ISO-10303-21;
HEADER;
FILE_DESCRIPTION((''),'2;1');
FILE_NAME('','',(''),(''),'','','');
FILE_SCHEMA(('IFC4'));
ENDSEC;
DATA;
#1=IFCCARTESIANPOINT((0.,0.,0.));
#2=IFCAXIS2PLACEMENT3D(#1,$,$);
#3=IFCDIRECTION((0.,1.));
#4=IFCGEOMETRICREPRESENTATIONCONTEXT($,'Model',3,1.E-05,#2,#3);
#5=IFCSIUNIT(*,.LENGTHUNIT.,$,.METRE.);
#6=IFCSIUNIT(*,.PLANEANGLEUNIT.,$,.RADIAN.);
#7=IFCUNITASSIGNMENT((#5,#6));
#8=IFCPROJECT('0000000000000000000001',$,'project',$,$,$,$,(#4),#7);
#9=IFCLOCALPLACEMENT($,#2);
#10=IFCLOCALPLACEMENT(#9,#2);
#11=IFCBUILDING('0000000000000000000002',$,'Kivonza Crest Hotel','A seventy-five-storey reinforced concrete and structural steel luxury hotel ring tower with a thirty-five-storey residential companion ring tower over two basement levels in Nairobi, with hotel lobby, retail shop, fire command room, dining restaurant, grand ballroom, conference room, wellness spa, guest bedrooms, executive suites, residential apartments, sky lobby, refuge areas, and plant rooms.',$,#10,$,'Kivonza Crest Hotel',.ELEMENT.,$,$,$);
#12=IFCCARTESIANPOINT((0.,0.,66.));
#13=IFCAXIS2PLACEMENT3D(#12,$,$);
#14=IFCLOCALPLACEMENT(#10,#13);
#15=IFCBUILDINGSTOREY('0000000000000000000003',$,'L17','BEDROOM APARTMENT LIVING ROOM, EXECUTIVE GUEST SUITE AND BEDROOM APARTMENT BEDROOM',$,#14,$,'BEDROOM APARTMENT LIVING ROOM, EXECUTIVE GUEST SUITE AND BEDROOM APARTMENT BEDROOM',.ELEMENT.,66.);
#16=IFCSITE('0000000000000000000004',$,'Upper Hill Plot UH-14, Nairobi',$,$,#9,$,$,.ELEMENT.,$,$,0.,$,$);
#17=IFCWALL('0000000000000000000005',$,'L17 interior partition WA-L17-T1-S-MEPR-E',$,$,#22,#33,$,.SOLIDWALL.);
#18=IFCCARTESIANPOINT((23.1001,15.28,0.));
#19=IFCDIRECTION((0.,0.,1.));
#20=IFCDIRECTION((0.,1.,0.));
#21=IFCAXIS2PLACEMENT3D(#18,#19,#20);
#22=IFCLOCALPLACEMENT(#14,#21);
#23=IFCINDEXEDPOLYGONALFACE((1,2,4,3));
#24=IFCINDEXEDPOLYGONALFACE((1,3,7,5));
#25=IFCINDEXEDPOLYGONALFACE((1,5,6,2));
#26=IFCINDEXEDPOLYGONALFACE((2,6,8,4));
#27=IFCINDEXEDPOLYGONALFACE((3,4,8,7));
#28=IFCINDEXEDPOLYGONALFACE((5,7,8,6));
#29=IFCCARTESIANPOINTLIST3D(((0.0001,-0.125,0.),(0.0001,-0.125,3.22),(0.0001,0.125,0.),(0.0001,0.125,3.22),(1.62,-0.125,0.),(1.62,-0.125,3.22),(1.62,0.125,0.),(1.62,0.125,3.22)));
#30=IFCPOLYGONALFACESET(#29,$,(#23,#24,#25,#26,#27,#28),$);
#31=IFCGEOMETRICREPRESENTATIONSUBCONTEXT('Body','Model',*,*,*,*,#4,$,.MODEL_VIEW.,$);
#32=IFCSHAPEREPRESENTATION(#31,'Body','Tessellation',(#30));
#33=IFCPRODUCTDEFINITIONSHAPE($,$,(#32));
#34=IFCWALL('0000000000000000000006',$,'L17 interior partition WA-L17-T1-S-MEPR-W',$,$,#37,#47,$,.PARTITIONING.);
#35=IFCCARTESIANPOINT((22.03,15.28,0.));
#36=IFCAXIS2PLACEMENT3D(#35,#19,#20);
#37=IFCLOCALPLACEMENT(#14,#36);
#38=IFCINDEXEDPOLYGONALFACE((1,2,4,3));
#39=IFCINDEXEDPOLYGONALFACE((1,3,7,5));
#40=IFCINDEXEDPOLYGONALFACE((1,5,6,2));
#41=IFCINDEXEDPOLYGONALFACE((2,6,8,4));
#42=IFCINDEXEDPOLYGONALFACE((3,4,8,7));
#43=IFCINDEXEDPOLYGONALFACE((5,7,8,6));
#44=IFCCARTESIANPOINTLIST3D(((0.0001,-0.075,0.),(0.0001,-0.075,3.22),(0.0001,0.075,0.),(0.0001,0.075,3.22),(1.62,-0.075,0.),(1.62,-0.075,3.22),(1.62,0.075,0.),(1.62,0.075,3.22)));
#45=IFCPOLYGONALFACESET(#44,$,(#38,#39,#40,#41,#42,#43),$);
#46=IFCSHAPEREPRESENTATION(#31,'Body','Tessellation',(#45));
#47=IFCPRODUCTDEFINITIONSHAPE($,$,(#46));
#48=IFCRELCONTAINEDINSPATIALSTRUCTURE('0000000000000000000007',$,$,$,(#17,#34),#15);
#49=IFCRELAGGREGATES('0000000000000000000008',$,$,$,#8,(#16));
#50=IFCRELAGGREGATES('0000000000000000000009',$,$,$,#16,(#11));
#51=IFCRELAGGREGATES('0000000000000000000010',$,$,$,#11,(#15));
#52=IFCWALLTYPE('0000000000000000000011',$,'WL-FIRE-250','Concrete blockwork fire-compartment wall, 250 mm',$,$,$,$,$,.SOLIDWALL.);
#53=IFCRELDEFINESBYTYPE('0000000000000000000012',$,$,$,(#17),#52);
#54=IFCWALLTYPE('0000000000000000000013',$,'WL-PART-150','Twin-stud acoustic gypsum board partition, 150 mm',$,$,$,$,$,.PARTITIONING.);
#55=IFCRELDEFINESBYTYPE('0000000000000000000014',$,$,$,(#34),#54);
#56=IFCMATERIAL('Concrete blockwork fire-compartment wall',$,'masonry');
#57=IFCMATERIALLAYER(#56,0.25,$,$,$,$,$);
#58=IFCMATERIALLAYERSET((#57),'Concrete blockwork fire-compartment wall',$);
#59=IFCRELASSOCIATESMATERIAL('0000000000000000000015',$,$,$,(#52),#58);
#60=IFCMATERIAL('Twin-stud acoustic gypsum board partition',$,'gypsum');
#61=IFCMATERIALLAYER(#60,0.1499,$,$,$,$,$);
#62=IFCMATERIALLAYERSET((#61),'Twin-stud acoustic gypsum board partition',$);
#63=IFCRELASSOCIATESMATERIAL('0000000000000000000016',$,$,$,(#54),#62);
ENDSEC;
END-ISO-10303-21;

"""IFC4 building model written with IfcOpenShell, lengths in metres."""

from ifc_helpers import new_model, si_unit, direction, frame, frame_2d, origin, place, context, subcontext, project, spatial, rectangle, extrude, material, layer, layer_set, type_object, element, save


model = new_model("IFC4")

# Units and contexts
model_context = context("Model", 3, precision=1e-05, world=origin(), true_north=direction((0.0, 1.0)))
body_context = subcontext(model_context, "Body", "Model", "MODEL_VIEW")
ifc_project = project(units=[si_unit("LENGTHUNIT", "METRE"), si_unit("PLANEANGLEUNIT", "RADIAN")], contexts=[model_context])

# Site, building, storey
site_placement = place(None, origin())
site = spatial("IfcSite", under=ifc_project, at=site_placement, Name="Upper Hill Plot UH-14, Nairobi", CompositionType="ELEMENT", RefElevation=0.0)
building_placement = place(site_placement, origin())
building = spatial("IfcBuilding", under=site, at=building_placement, Name="Kivonza Crest Hotel", Description="A seventy-five-storey reinforced concrete and structural steel luxury hotel ring tower with a thirty-five-storey residential companion ring tower over two basement levels in Nairobi, with hotel lobby, retail shop, fire command room, dining restaurant, grand ballroom, conference room, wellness spa, guest bedrooms, executive suites, residential apartments, sky lobby, refuge areas, and plant rooms.", LongName="Kivonza Crest Hotel", CompositionType="ELEMENT")
storey_placement = place(building_placement, frame((0.0, 0.0, 66.0)))
storey = spatial("IfcBuildingStorey", under=building, at=storey_placement, Name="L17", Description="BEDROOM APARTMENT LIVING ROOM, EXECUTIVE GUEST SUITE AND BEDROOM APARTMENT BEDROOM", LongName="BEDROOM APARTMENT LIVING ROOM, EXECUTIVE GUEST SUITE AND BEDROOM APARTMENT BEDROOM", CompositionType="ELEMENT", Elevation=66.0)

# Walls
ifc_material_1 = material(Name="Concrete blockwork fire-compartment wall", Category="masonry")
ifc_layer_1 = layer(ifc_material_1, 0.25)
ifc_layer_set_1 = layer_set([ifc_layer_1], Name="Concrete blockwork fire-compartment wall")
wall_type_1 = type_object("IfcWallType", Name="WL-FIRE-250", Description="Concrete blockwork fire-compartment wall, 250 mm", PredefinedType="SOLIDWALL", material=ifc_layer_set_1)
wall_1_placement = place(storey_placement, frame((23.1001, 15.28, 0.0), z_axis=(0.0, 0.0, 1.0), x_axis=(0.0, 1.0, 0.0)))
element("IfcWall", 1, at=wall_1_placement, inside=storey, type_object=wall_type_1, Name="L17 interior partition WA-L17-T1-S-MEPR-E", PredefinedType="SOLIDWALL", context=body_context, shape_type="SweptSolid", body=[
    extrude(rectangle(XDim=1.6199, YDim=0.25, at=frame_2d((0.8101, 0.0))), origin(), (0.0, 0.0, 1.0), 3.22),
])
ifc_material_2 = material(Name="Twin-stud acoustic gypsum board partition", Category="gypsum")
ifc_layer_2 = layer(ifc_material_2, 0.1499)
ifc_layer_set_2 = layer_set([ifc_layer_2], Name="Twin-stud acoustic gypsum board partition")
wall_type_2 = type_object("IfcWallType", Name="WL-PART-150", Description="Twin-stud acoustic gypsum board partition, 150 mm", PredefinedType="PARTITIONING", material=ifc_layer_set_2)
wall_2_placement = place(storey_placement, frame((22.03, 15.28, 0.0), z_axis=(0.0, 0.0, 1.0), x_axis=(0.0, 1.0, 0.0)))
element("IfcWall", 2, at=wall_2_placement, inside=storey, type_object=wall_type_2, Name="L17 interior partition WA-L17-T1-S-MEPR-W", PredefinedType="PARTITIONING", context=body_context, shape_type="SweptSolid", body=[
    extrude(rectangle(XDim=1.6199, YDim=0.1499, at=frame_2d((0.8101, 0.0))), origin(), (0.0, 0.0, 1.0), 3.22),
])

save(model, "model.ifc")
